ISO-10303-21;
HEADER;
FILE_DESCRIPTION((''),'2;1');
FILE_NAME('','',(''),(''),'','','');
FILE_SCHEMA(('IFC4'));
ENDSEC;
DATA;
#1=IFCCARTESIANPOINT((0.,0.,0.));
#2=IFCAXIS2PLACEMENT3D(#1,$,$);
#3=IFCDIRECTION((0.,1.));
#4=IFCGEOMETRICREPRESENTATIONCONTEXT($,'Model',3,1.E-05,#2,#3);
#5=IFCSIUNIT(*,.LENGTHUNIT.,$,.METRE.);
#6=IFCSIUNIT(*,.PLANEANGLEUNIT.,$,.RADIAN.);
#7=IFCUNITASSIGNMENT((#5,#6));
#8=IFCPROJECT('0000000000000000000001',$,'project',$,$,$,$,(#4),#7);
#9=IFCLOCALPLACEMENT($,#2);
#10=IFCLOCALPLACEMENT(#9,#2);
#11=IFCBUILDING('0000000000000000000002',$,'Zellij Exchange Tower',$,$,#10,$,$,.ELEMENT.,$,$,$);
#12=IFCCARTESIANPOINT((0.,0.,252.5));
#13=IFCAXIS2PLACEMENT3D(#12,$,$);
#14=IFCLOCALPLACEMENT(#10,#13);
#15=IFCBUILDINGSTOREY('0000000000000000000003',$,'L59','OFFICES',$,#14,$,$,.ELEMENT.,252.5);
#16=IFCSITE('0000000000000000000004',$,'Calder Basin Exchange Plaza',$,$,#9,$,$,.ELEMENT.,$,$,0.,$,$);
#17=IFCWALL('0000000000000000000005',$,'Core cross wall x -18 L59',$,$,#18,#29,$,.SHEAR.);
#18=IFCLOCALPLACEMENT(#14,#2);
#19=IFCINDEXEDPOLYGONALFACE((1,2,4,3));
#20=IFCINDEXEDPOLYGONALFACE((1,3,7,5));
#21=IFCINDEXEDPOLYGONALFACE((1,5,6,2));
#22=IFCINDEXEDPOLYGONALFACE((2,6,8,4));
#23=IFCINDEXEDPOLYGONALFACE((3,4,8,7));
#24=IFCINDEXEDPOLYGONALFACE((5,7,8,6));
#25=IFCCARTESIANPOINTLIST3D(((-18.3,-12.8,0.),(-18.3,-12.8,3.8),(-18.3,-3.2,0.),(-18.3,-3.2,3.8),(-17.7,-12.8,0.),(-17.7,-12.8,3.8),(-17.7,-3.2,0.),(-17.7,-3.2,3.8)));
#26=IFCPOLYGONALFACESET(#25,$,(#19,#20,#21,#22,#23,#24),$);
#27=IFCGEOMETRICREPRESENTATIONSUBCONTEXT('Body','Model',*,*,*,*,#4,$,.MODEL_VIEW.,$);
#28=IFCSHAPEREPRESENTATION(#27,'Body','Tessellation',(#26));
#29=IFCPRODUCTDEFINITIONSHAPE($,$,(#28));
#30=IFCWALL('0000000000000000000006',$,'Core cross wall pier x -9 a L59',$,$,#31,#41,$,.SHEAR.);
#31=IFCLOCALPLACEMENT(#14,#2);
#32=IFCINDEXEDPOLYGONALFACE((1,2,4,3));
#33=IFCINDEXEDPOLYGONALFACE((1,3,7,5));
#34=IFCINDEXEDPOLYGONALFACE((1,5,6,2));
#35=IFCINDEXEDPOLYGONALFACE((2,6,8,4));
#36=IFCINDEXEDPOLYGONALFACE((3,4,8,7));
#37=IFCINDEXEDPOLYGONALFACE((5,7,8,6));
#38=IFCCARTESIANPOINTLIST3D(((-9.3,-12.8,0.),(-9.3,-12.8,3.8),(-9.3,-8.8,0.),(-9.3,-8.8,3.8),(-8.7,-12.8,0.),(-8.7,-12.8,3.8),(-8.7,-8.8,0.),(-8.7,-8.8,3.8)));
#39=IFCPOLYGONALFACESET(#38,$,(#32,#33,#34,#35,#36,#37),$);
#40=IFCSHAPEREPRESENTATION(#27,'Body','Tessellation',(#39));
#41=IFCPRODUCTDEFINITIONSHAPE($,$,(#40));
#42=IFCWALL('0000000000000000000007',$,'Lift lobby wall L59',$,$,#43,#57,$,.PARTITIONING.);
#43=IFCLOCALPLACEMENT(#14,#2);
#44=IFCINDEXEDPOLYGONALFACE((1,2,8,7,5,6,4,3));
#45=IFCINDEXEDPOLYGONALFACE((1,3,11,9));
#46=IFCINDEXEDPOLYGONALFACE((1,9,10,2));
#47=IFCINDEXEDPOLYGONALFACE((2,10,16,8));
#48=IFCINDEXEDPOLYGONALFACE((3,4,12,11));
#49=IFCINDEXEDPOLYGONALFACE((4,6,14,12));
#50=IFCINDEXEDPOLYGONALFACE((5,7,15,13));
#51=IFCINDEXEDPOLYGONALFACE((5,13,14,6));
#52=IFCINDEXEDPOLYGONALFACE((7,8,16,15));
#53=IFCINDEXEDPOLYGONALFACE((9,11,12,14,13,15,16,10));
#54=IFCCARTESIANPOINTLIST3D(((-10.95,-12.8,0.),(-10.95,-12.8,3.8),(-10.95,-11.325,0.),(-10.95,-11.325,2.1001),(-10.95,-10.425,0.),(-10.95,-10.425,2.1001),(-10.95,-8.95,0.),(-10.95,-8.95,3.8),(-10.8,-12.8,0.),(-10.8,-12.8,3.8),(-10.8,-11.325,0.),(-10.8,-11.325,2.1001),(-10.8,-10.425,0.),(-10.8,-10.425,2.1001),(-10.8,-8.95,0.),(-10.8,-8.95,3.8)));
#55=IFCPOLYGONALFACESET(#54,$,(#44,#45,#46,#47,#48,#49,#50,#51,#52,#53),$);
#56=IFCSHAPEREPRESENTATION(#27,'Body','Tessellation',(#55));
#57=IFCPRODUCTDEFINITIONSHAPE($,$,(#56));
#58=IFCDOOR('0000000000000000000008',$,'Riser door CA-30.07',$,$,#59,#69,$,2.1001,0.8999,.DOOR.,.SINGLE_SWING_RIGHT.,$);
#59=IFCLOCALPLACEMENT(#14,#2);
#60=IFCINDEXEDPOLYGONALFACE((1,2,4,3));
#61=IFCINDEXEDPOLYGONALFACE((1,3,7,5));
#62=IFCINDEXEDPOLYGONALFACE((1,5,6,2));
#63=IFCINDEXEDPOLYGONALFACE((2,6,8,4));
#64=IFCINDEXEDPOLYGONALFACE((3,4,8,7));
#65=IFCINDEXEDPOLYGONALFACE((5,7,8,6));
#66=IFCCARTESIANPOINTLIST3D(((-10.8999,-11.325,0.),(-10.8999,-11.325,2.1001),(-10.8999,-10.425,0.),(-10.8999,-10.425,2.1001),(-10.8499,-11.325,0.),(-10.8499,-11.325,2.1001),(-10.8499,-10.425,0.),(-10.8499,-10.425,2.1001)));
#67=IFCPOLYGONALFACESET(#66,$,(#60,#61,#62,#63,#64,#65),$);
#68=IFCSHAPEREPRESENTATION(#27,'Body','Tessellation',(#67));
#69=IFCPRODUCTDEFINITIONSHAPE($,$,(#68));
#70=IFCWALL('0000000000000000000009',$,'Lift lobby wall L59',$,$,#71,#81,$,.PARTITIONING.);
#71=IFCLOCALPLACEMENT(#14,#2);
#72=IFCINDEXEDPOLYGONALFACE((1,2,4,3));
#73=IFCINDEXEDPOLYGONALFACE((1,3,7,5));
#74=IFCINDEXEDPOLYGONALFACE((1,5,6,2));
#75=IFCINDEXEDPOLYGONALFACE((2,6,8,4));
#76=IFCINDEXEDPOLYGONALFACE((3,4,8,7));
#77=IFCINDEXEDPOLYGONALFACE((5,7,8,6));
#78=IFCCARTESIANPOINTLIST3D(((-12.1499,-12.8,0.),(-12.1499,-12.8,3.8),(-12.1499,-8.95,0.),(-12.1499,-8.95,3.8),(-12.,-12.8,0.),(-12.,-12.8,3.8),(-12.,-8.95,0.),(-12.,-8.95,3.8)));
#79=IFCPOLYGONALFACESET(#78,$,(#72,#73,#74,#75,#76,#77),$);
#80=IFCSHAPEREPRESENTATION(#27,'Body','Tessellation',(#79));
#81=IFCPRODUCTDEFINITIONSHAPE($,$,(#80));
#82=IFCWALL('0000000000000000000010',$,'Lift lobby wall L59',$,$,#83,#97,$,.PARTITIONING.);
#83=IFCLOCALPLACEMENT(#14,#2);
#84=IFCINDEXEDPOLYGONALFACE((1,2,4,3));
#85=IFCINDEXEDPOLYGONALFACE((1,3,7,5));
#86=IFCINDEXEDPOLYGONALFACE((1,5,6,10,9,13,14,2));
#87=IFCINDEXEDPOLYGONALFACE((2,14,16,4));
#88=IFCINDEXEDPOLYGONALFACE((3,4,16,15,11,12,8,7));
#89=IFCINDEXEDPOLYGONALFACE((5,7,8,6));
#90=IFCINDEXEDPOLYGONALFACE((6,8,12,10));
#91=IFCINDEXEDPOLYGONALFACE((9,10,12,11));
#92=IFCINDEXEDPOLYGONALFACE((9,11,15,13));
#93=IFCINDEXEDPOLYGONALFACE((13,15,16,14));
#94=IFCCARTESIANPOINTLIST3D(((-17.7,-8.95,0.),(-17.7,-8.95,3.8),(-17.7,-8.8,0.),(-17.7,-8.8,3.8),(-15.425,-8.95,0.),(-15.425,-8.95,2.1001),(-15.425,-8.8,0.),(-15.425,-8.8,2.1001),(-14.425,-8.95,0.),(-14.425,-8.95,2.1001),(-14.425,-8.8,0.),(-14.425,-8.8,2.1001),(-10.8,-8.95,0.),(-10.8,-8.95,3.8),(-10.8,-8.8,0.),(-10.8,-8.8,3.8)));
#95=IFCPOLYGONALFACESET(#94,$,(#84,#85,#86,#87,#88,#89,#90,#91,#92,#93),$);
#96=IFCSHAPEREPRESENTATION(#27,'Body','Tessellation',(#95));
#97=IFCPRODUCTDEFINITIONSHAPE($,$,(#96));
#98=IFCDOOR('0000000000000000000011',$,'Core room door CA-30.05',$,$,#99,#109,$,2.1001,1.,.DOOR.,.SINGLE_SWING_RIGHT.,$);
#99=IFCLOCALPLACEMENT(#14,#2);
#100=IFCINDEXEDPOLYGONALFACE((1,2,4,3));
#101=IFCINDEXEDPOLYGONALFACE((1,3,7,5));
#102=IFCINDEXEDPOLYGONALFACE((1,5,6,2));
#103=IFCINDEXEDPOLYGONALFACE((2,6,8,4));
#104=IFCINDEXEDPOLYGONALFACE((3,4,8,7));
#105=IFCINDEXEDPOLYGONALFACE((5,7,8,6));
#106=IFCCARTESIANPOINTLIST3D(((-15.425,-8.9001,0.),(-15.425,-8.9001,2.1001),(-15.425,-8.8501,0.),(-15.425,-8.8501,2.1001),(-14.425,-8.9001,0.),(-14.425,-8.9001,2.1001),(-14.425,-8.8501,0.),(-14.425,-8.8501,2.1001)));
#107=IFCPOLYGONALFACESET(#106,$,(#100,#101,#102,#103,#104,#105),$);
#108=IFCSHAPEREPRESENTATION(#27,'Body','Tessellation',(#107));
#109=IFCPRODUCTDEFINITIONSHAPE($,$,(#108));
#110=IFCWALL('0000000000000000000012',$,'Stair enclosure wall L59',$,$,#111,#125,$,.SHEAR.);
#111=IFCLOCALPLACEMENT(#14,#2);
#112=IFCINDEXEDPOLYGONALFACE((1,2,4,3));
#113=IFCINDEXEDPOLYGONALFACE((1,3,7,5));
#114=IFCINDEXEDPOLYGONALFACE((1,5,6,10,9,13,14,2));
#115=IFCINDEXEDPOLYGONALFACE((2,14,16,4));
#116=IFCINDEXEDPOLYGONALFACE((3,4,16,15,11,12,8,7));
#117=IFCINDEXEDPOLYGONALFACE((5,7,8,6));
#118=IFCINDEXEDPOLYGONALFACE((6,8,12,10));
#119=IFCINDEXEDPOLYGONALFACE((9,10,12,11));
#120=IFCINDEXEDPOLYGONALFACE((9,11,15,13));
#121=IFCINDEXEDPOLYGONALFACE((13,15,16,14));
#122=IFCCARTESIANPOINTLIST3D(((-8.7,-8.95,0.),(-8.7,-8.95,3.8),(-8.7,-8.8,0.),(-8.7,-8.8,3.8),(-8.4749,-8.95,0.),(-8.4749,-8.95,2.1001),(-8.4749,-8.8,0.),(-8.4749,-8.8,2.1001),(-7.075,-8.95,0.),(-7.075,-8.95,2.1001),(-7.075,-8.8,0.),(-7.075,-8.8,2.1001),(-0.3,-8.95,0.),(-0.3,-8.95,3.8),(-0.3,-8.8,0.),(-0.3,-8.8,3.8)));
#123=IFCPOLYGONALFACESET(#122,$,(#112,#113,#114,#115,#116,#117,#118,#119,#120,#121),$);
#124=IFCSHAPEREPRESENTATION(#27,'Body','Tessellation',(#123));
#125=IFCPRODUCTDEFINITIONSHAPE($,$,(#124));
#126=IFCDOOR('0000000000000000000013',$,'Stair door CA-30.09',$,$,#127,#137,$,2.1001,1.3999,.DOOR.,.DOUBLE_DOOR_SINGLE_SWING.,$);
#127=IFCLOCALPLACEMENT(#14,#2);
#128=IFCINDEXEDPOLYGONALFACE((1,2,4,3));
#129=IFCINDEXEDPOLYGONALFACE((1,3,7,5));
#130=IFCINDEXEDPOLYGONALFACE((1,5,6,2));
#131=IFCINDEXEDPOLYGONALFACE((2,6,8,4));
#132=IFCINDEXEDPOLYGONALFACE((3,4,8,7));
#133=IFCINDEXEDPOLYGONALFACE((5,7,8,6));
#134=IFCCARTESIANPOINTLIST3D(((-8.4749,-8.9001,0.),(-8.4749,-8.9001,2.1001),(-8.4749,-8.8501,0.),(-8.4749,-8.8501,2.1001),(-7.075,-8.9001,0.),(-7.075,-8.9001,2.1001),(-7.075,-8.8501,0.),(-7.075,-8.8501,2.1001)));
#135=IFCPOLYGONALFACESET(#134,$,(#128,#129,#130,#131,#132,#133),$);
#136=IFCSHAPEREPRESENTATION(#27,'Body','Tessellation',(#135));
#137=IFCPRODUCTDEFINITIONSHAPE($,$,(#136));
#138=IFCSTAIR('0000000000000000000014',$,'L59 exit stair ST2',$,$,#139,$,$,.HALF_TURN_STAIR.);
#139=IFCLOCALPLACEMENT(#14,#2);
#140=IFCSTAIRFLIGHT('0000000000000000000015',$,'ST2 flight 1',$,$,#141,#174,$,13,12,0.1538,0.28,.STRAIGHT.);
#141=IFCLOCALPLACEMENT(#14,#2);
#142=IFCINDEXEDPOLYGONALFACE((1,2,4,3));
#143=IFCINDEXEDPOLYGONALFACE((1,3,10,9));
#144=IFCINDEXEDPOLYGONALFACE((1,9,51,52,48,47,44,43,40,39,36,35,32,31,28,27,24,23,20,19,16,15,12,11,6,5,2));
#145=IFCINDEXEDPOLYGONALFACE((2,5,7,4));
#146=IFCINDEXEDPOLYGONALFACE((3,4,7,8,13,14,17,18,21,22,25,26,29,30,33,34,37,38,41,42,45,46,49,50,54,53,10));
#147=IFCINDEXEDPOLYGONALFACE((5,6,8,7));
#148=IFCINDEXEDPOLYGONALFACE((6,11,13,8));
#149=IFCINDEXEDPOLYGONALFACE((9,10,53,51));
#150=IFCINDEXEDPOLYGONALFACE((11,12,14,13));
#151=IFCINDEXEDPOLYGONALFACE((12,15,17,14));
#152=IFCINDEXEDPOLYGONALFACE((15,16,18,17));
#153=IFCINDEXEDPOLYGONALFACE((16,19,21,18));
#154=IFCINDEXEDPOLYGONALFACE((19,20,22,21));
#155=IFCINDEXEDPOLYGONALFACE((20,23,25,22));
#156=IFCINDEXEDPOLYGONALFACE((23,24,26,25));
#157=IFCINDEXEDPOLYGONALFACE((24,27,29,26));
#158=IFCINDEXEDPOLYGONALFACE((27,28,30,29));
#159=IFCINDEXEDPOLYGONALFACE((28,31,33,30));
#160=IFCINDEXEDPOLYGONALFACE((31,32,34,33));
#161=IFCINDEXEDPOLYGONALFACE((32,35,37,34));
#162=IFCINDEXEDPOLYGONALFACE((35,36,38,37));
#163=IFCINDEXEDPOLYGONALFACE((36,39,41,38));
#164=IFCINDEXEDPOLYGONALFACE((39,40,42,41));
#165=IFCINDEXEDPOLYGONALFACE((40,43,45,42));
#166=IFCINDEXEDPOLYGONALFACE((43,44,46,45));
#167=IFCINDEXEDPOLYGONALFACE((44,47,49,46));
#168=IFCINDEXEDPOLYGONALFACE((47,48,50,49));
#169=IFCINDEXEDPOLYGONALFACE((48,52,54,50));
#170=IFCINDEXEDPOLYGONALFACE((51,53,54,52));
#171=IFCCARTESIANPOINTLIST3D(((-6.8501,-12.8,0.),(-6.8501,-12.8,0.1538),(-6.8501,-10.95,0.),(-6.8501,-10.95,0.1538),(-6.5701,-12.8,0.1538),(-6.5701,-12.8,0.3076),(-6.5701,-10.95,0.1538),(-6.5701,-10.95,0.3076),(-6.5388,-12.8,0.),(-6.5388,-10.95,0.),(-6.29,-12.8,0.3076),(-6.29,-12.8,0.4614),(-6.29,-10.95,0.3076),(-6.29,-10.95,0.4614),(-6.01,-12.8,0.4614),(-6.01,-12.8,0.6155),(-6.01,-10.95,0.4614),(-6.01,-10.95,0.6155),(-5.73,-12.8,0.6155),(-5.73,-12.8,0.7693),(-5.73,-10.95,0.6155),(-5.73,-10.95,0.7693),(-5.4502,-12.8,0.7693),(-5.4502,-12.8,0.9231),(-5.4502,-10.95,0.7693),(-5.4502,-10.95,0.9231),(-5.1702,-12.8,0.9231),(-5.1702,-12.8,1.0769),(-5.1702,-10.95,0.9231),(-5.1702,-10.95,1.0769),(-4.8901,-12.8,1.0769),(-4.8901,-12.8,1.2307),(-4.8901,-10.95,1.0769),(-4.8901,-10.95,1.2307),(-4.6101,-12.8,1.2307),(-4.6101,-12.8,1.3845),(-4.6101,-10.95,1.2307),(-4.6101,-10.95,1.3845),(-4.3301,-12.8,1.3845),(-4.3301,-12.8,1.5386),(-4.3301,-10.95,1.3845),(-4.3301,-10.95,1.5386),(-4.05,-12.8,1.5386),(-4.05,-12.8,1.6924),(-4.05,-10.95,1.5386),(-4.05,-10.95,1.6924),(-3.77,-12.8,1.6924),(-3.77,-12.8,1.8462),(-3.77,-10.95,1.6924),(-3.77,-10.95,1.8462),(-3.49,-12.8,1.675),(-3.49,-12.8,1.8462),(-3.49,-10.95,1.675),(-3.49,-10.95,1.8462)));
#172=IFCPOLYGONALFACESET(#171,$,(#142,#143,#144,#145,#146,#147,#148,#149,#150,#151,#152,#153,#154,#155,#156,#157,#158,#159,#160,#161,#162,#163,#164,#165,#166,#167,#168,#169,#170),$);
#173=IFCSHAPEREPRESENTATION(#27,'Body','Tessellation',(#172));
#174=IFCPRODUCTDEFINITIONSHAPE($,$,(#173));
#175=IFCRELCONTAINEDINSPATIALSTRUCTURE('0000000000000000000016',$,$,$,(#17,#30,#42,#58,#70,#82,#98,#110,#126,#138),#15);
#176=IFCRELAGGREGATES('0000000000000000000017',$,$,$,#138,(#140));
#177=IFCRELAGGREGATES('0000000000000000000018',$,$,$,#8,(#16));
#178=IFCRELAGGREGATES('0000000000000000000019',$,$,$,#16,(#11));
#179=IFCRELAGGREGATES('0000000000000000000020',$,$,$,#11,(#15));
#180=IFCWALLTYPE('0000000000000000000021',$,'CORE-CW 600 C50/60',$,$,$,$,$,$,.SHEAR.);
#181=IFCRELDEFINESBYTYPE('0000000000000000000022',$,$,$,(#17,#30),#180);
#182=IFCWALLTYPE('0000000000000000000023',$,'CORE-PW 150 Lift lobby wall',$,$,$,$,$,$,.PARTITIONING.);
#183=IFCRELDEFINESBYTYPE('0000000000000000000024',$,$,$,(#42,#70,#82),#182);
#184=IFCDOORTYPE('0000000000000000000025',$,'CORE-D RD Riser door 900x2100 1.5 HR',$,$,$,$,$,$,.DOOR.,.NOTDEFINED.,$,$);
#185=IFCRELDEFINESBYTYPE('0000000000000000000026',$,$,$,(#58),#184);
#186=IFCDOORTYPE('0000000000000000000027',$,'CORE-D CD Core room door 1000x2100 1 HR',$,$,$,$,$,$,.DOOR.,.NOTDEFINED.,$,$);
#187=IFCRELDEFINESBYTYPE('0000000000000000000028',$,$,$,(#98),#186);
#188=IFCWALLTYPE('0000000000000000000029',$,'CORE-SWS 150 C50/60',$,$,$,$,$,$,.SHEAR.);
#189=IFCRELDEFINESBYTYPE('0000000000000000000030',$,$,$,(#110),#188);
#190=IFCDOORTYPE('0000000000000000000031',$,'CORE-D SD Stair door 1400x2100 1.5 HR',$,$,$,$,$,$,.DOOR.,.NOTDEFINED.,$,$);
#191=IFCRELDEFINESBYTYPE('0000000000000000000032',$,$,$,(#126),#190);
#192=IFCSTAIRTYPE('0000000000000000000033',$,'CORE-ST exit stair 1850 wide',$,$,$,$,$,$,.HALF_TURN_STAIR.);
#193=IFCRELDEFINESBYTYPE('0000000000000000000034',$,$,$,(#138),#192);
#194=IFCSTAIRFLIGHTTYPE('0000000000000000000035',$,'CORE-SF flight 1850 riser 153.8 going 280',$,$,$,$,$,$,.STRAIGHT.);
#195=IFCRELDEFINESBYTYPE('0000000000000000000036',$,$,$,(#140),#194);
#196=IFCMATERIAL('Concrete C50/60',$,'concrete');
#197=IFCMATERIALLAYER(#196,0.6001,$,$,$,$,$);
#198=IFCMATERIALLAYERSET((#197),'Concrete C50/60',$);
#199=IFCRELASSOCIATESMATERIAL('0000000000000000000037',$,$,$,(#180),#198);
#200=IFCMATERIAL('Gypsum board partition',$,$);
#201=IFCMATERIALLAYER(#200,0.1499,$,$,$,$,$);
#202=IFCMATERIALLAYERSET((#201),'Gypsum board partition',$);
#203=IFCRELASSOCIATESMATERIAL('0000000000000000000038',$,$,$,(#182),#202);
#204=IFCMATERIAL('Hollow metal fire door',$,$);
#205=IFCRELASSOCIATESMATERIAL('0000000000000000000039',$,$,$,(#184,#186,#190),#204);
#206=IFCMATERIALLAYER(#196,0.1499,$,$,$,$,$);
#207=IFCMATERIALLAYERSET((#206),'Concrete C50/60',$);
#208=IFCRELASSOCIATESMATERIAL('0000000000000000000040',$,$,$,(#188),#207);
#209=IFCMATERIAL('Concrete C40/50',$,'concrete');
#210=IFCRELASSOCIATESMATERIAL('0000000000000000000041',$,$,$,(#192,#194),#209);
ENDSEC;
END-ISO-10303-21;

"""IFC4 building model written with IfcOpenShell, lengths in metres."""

from ifc_helpers import new_model, si_unit, direction, frame, frame_2d, origin, place, context, subcontext, project, spatial, polyline, rectangle, outline, extrude, material, layer, layer_set, type_object, element, fill, aggregate, save


model = new_model("IFC4")

# Units and contexts
model_context = context("Model", 3, precision=1e-05, world=origin(), true_north=direction((0.0, 1.0)))
body_context = subcontext(model_context, "Body", "Model", "MODEL_VIEW")
ifc_project = project(units=[si_unit("LENGTHUNIT", "METRE"), si_unit("PLANEANGLEUNIT", "RADIAN")], contexts=[model_context])

# Site, building, storey
site_placement = place(None, origin())
site = spatial("IfcSite", under=ifc_project, at=site_placement, Name="Calder Basin Exchange Plaza", CompositionType="ELEMENT", RefElevation=0.0)
building_placement = place(site_placement, origin())
building = spatial("IfcBuilding", under=site, at=building_placement, Name="Zellij Exchange Tower", CompositionType="ELEMENT")
storey_placement = place(building_placement, frame((0.0, 0.0, 252.5)))
storey = spatial("IfcBuildingStorey", under=building, at=storey_placement, Name="L59", Description="OFFICES", CompositionType="ELEMENT", Elevation=252.5)

# Walls
ifc_material_1 = material(Name="Concrete C50/60", Category="concrete")
ifc_layer_1 = layer(ifc_material_1, 0.6001)
ifc_layer_set_1 = layer_set([ifc_layer_1], Name="Concrete C50/60")
wall_type_1 = type_object("IfcWallType", Name="CORE-CW 600 C50/60", PredefinedType="SHEAR", material=ifc_layer_set_1)
wall_1_placement = place(storey_placement, frame((-18.0, -12.8, 0.0), z_axis=(0.0, 0.0, 1.0), x_axis=(0.0, 1.0, 0.0)))
element("IfcWall", 1, at=wall_1_placement, inside=storey, type_object=wall_type_1, Name="Core cross wall x -18 L59", PredefinedType="SHEAR", context=body_context, shape_type="SweptSolid", body=[
    extrude(rectangle(XDim=9.6001, YDim=0.6001, at=frame_2d((4.8, 0.0))), origin(), (0.0, 0.0, 1.0), 3.8),
])
wall_2_placement = place(storey_placement, frame((-9.0, -12.8, 0.0), z_axis=(0.0, 0.0, 1.0), x_axis=(0.0, 1.0, 0.0)))
element("IfcWall", 2, at=wall_2_placement, inside=storey, type_object=wall_type_1, Name="Core cross wall pier x -9 a L59", PredefinedType="SHEAR", context=body_context, shape_type="SweptSolid", body=[
    extrude(rectangle(XDim=4.0, YDim=0.6001, at=frame_2d((2.0, 0.0))), origin(), (0.0, 0.0, 1.0), 3.8),
])

# Wall, opening, door
ifc_material_2 = material(Name="Gypsum board partition")
ifc_layer_2 = layer(ifc_material_2, 0.1499)
ifc_layer_set_2 = layer_set([ifc_layer_2], Name="Gypsum board partition")
wall_type_2 = type_object("IfcWallType", Name="CORE-PW 150 Lift lobby wall", PredefinedType="PARTITIONING", material=ifc_layer_set_2)
wall_3_placement = place(storey_placement, frame((-10.875, -12.8, 0.0), z_axis=(0.0, 0.0, 1.0), x_axis=(0.0, 1.0, 0.0)))
wall_3 = element("IfcWall", 3, at=wall_3_placement, inside=storey, type_object=wall_type_2, Name="Lift lobby wall L59", PredefinedType="PARTITIONING", context=body_context, shape_type="SweptSolid", body=[
    extrude(rectangle(XDim=3.8501, YDim=0.1499, at=frame_2d((1.925, 0.0))), origin(), (0.0, 0.0, 1.0), 3.8),
])
opening_1_placement = place(wall_3_placement, frame((1.4751, 0.0, 0.0)))
opening_1 = element("IfcOpeningElement", 4, at=opening_1_placement, cuts=wall_3, PredefinedType="OPENING", context=body_context, shape_type="SweptSolid", body=[
    extrude(rectangle(XDim=0.8999, YDim=2.1001, at=frame_2d((0.45, 1.05))), frame((0.0, 0.0869, 0.0), z_axis=(0.0, -1.0, 0.0), x_axis=(1.0, 0.0, 0.0)), (0.0, 0.0, 1.0), 0.1738),
])
ifc_material_3 = material(Name="Hollow metal fire door")
door_type_1 = type_object("IfcDoorType", Name="CORE-D RD Riser door 900x2100 1.5 HR", OperationType="NOTDEFINED", PredefinedType="DOOR", material=ifc_material_3)
door_1_placement = place(opening_1_placement, origin())
door_1 = element("IfcDoor", 5, at=door_1_placement, inside=storey, type_object=door_type_1, Name="Riser door CA-30.07", OperationType="SINGLE_SWING_RIGHT", OverallHeight=2.1001, OverallWidth=0.8999, PredefinedType="DOOR", context=body_context, shape_type="SweptSolid", body=[
    extrude(rectangle(XDim=0.8999, YDim=2.1001, at=frame_2d((0.45, 1.05))), frame((0.0, 0.0249, 0.0), z_axis=(0.0, -1.0, 0.0), x_axis=(1.0, 0.0, 0.0)), (0.0, 0.0, 1.0), 0.05),
])
fill(opening_1, door_1)

# Wall
wall_4_placement = place(storey_placement, frame((-12.075, -12.8, 0.0), z_axis=(0.0, 0.0, 1.0), x_axis=(0.0, 1.0, 0.0)))
element("IfcWall", 6, at=wall_4_placement, inside=storey, type_object=wall_type_2, Name="Lift lobby wall L59", PredefinedType="PARTITIONING", context=body_context, shape_type="SweptSolid", body=[
    extrude(rectangle(XDim=3.8501, YDim=0.1499, at=frame_2d((1.925, 0.0))), origin(), (0.0, 0.0, 1.0), 3.8),
])

# Walls, openings, doors
wall_5_placement = place(storey_placement, frame((-17.7, -8.875, 0.0), z_axis=(0.0, 0.0, 1.0), x_axis=(1.0, 0.0, 0.0)))
wall_5 = element("IfcWall", 7, at=wall_5_placement, inside=storey, type_object=wall_type_2, Name="Lift lobby wall L59", PredefinedType="PARTITIONING", context=body_context, shape_type="SweptSolid", body=[
    extrude(rectangle(XDim=6.8999, YDim=0.1499, at=frame_2d((3.45, 0.0))), origin(), (0.0, 0.0, 1.0), 3.8),
])
opening_2_placement = place(wall_5_placement, frame((2.2749, 0.0, 0.0)))
opening_2 = element("IfcOpeningElement", 8, at=opening_2_placement, cuts=wall_5, PredefinedType="OPENING", context=body_context, shape_type="SweptSolid", body=[
    extrude(rectangle(XDim=1.0, YDim=2.1001, at=frame_2d((0.5, 1.05))), frame((0.0, 0.0869, 0.0), z_axis=(0.0, -1.0, 0.0), x_axis=(1.0, 0.0, 0.0)), (0.0, 0.0, 1.0), 0.1738),
])
door_type_2 = type_object("IfcDoorType", Name="CORE-D CD Core room door 1000x2100 1 HR", OperationType="NOTDEFINED", PredefinedType="DOOR", material=ifc_material_3)
door_2_placement = place(opening_2_placement, origin())
door_2 = element("IfcDoor", 9, at=door_2_placement, inside=storey, type_object=door_type_2, Name="Core room door CA-30.05", OperationType="SINGLE_SWING_RIGHT", OverallHeight=2.1001, OverallWidth=1.0, PredefinedType="DOOR", context=body_context, shape_type="SweptSolid", body=[
    extrude(rectangle(XDim=1.0, YDim=2.1001, at=frame_2d((0.5, 1.05))), frame((0.0, 0.0249, 0.0), z_axis=(0.0, -1.0, 0.0), x_axis=(1.0, 0.0, 0.0)), (0.0, 0.0, 1.0), 0.05),
])
fill(opening_2, door_2)
ifc_layer_3 = layer(ifc_material_1, 0.1499)
ifc_layer_set_3 = layer_set([ifc_layer_3], Name="Concrete C50/60")
wall_type_3 = type_object("IfcWallType", Name="CORE-SWS 150 C50/60", PredefinedType="SHEAR", material=ifc_layer_set_3)
wall_6_placement = place(storey_placement, frame((-8.7, -8.875, 0.0), z_axis=(0.0, 0.0, 1.0), x_axis=(1.0, 0.0, 0.0)))
wall_6 = element("IfcWall", 10, at=wall_6_placement, inside=storey, type_object=wall_type_3, Name="Stair enclosure wall L59", PredefinedType="SHEAR", context=body_context, shape_type="SweptSolid", body=[
    extrude(rectangle(XDim=8.3999, YDim=0.1499, at=frame_2d((4.2, 0.0))), origin(), (0.0, 0.0, 1.0), 3.8),
])
opening_3_placement = place(wall_6_placement, frame((0.2251, 0.0, 0.0)))
opening_3 = element("IfcOpeningElement", 11, at=opening_3_placement, cuts=wall_6, PredefinedType="OPENING", context=body_context, shape_type="SweptSolid", body=[
    extrude(rectangle(XDim=1.3999, YDim=2.1001, at=frame_2d((0.7, 1.05))), frame((0.0, 0.0869, 0.0), z_axis=(0.0, -1.0, 0.0), x_axis=(1.0, 0.0, 0.0)), (0.0, 0.0, 1.0), 0.1738),
])
door_type_3 = type_object("IfcDoorType", Name="CORE-D SD Stair door 1400x2100 1.5 HR", OperationType="NOTDEFINED", PredefinedType="DOOR", material=ifc_material_3)
door_3_placement = place(opening_3_placement, origin())
door_3 = element("IfcDoor", 12, at=door_3_placement, inside=storey, type_object=door_type_3, Name="Stair door CA-30.09", OperationType="DOUBLE_DOOR_SINGLE_SWING", OverallHeight=2.1001, OverallWidth=1.3999, PredefinedType="DOOR", context=body_context, shape_type="SweptSolid", body=[
    extrude(rectangle(XDim=1.3999, YDim=2.1001, at=frame_2d((0.7, 1.05))), frame((0.0, 0.0249, 0.0), z_axis=(0.0, -1.0, 0.0), x_axis=(1.0, 0.0, 0.0)), (0.0, 0.0, 1.0), 0.05),
])
fill(opening_3, door_3)

# Stair, stair flight
ifc_material_4 = material(Name="Concrete C40/50", Category="concrete")
stair_type = type_object("IfcStairType", Name="CORE-ST exit stair 1850 wide", PredefinedType="HALF_TURN_STAIR", material=ifc_material_4)
stair_placement = place(storey_placement, origin())
stair = element("IfcStair", 13, at=stair_placement, inside=storey, type_object=stair_type, Name="L59 exit stair ST2", PredefinedType="HALF_TURN_STAIR")
stair_flight_type = type_object("IfcStairFlightType", Name="CORE-SF flight 1850 riser 153.8 going 280", PredefinedType="STRAIGHT", material=ifc_material_4)
stair_flight_1_placement = place(storey_placement, frame((-6.8501, -11.875, 0.0), z_axis=(0.0, 0.0, 1.0), x_axis=(1.0, 0.0, 0.0)))
stair_flight_1 = element("IfcStairFlight", 14, at=stair_flight_1_placement, type_object=stair_flight_type, Name="ST2 flight 1", NumberOfRisers=13, NumberOfTreads=12, PredefinedType="STRAIGHT", RiserHeight=0.1538, TreadLength=0.28, context=body_context, shape_type="SweptSolid", body=[
    extrude(outline(polyline([(0.0, 0.0), (0.0, 0.1538), (0.28, 0.1538), (0.28, 0.3076), (0.5601, 0.3076), (0.5601, 0.4614), (0.8401, 0.4614), (0.8401, 0.6155), (1.1201, 0.6155), (1.1201, 0.7693), (1.3999, 0.7693), (1.3999, 0.9231), (1.6799, 0.9231), (1.6799, 1.0769), (1.96, 1.0769), (1.96, 1.2307), (2.24, 1.2307), (2.24, 1.3845), (2.52, 1.3845), (2.52, 1.5386), (2.8, 1.5386), (2.8, 1.6924), (3.0801, 1.6924), (3.0801, 1.8462), (3.3601, 1.8462), (3.3601, 2.0), (3.3601, 1.675), (0.3113, 0.0), (0.0, 0.0)])), frame((0.0, 0.925, 0.0), z_axis=(0.0, -1.0, 0.0), x_axis=(1.0, 0.0, 0.0)), (0.0, 0.0, 1.0), 1.8501),
])
aggregate(stair, [stair_flight_1])

save(model, "model.ifc")
